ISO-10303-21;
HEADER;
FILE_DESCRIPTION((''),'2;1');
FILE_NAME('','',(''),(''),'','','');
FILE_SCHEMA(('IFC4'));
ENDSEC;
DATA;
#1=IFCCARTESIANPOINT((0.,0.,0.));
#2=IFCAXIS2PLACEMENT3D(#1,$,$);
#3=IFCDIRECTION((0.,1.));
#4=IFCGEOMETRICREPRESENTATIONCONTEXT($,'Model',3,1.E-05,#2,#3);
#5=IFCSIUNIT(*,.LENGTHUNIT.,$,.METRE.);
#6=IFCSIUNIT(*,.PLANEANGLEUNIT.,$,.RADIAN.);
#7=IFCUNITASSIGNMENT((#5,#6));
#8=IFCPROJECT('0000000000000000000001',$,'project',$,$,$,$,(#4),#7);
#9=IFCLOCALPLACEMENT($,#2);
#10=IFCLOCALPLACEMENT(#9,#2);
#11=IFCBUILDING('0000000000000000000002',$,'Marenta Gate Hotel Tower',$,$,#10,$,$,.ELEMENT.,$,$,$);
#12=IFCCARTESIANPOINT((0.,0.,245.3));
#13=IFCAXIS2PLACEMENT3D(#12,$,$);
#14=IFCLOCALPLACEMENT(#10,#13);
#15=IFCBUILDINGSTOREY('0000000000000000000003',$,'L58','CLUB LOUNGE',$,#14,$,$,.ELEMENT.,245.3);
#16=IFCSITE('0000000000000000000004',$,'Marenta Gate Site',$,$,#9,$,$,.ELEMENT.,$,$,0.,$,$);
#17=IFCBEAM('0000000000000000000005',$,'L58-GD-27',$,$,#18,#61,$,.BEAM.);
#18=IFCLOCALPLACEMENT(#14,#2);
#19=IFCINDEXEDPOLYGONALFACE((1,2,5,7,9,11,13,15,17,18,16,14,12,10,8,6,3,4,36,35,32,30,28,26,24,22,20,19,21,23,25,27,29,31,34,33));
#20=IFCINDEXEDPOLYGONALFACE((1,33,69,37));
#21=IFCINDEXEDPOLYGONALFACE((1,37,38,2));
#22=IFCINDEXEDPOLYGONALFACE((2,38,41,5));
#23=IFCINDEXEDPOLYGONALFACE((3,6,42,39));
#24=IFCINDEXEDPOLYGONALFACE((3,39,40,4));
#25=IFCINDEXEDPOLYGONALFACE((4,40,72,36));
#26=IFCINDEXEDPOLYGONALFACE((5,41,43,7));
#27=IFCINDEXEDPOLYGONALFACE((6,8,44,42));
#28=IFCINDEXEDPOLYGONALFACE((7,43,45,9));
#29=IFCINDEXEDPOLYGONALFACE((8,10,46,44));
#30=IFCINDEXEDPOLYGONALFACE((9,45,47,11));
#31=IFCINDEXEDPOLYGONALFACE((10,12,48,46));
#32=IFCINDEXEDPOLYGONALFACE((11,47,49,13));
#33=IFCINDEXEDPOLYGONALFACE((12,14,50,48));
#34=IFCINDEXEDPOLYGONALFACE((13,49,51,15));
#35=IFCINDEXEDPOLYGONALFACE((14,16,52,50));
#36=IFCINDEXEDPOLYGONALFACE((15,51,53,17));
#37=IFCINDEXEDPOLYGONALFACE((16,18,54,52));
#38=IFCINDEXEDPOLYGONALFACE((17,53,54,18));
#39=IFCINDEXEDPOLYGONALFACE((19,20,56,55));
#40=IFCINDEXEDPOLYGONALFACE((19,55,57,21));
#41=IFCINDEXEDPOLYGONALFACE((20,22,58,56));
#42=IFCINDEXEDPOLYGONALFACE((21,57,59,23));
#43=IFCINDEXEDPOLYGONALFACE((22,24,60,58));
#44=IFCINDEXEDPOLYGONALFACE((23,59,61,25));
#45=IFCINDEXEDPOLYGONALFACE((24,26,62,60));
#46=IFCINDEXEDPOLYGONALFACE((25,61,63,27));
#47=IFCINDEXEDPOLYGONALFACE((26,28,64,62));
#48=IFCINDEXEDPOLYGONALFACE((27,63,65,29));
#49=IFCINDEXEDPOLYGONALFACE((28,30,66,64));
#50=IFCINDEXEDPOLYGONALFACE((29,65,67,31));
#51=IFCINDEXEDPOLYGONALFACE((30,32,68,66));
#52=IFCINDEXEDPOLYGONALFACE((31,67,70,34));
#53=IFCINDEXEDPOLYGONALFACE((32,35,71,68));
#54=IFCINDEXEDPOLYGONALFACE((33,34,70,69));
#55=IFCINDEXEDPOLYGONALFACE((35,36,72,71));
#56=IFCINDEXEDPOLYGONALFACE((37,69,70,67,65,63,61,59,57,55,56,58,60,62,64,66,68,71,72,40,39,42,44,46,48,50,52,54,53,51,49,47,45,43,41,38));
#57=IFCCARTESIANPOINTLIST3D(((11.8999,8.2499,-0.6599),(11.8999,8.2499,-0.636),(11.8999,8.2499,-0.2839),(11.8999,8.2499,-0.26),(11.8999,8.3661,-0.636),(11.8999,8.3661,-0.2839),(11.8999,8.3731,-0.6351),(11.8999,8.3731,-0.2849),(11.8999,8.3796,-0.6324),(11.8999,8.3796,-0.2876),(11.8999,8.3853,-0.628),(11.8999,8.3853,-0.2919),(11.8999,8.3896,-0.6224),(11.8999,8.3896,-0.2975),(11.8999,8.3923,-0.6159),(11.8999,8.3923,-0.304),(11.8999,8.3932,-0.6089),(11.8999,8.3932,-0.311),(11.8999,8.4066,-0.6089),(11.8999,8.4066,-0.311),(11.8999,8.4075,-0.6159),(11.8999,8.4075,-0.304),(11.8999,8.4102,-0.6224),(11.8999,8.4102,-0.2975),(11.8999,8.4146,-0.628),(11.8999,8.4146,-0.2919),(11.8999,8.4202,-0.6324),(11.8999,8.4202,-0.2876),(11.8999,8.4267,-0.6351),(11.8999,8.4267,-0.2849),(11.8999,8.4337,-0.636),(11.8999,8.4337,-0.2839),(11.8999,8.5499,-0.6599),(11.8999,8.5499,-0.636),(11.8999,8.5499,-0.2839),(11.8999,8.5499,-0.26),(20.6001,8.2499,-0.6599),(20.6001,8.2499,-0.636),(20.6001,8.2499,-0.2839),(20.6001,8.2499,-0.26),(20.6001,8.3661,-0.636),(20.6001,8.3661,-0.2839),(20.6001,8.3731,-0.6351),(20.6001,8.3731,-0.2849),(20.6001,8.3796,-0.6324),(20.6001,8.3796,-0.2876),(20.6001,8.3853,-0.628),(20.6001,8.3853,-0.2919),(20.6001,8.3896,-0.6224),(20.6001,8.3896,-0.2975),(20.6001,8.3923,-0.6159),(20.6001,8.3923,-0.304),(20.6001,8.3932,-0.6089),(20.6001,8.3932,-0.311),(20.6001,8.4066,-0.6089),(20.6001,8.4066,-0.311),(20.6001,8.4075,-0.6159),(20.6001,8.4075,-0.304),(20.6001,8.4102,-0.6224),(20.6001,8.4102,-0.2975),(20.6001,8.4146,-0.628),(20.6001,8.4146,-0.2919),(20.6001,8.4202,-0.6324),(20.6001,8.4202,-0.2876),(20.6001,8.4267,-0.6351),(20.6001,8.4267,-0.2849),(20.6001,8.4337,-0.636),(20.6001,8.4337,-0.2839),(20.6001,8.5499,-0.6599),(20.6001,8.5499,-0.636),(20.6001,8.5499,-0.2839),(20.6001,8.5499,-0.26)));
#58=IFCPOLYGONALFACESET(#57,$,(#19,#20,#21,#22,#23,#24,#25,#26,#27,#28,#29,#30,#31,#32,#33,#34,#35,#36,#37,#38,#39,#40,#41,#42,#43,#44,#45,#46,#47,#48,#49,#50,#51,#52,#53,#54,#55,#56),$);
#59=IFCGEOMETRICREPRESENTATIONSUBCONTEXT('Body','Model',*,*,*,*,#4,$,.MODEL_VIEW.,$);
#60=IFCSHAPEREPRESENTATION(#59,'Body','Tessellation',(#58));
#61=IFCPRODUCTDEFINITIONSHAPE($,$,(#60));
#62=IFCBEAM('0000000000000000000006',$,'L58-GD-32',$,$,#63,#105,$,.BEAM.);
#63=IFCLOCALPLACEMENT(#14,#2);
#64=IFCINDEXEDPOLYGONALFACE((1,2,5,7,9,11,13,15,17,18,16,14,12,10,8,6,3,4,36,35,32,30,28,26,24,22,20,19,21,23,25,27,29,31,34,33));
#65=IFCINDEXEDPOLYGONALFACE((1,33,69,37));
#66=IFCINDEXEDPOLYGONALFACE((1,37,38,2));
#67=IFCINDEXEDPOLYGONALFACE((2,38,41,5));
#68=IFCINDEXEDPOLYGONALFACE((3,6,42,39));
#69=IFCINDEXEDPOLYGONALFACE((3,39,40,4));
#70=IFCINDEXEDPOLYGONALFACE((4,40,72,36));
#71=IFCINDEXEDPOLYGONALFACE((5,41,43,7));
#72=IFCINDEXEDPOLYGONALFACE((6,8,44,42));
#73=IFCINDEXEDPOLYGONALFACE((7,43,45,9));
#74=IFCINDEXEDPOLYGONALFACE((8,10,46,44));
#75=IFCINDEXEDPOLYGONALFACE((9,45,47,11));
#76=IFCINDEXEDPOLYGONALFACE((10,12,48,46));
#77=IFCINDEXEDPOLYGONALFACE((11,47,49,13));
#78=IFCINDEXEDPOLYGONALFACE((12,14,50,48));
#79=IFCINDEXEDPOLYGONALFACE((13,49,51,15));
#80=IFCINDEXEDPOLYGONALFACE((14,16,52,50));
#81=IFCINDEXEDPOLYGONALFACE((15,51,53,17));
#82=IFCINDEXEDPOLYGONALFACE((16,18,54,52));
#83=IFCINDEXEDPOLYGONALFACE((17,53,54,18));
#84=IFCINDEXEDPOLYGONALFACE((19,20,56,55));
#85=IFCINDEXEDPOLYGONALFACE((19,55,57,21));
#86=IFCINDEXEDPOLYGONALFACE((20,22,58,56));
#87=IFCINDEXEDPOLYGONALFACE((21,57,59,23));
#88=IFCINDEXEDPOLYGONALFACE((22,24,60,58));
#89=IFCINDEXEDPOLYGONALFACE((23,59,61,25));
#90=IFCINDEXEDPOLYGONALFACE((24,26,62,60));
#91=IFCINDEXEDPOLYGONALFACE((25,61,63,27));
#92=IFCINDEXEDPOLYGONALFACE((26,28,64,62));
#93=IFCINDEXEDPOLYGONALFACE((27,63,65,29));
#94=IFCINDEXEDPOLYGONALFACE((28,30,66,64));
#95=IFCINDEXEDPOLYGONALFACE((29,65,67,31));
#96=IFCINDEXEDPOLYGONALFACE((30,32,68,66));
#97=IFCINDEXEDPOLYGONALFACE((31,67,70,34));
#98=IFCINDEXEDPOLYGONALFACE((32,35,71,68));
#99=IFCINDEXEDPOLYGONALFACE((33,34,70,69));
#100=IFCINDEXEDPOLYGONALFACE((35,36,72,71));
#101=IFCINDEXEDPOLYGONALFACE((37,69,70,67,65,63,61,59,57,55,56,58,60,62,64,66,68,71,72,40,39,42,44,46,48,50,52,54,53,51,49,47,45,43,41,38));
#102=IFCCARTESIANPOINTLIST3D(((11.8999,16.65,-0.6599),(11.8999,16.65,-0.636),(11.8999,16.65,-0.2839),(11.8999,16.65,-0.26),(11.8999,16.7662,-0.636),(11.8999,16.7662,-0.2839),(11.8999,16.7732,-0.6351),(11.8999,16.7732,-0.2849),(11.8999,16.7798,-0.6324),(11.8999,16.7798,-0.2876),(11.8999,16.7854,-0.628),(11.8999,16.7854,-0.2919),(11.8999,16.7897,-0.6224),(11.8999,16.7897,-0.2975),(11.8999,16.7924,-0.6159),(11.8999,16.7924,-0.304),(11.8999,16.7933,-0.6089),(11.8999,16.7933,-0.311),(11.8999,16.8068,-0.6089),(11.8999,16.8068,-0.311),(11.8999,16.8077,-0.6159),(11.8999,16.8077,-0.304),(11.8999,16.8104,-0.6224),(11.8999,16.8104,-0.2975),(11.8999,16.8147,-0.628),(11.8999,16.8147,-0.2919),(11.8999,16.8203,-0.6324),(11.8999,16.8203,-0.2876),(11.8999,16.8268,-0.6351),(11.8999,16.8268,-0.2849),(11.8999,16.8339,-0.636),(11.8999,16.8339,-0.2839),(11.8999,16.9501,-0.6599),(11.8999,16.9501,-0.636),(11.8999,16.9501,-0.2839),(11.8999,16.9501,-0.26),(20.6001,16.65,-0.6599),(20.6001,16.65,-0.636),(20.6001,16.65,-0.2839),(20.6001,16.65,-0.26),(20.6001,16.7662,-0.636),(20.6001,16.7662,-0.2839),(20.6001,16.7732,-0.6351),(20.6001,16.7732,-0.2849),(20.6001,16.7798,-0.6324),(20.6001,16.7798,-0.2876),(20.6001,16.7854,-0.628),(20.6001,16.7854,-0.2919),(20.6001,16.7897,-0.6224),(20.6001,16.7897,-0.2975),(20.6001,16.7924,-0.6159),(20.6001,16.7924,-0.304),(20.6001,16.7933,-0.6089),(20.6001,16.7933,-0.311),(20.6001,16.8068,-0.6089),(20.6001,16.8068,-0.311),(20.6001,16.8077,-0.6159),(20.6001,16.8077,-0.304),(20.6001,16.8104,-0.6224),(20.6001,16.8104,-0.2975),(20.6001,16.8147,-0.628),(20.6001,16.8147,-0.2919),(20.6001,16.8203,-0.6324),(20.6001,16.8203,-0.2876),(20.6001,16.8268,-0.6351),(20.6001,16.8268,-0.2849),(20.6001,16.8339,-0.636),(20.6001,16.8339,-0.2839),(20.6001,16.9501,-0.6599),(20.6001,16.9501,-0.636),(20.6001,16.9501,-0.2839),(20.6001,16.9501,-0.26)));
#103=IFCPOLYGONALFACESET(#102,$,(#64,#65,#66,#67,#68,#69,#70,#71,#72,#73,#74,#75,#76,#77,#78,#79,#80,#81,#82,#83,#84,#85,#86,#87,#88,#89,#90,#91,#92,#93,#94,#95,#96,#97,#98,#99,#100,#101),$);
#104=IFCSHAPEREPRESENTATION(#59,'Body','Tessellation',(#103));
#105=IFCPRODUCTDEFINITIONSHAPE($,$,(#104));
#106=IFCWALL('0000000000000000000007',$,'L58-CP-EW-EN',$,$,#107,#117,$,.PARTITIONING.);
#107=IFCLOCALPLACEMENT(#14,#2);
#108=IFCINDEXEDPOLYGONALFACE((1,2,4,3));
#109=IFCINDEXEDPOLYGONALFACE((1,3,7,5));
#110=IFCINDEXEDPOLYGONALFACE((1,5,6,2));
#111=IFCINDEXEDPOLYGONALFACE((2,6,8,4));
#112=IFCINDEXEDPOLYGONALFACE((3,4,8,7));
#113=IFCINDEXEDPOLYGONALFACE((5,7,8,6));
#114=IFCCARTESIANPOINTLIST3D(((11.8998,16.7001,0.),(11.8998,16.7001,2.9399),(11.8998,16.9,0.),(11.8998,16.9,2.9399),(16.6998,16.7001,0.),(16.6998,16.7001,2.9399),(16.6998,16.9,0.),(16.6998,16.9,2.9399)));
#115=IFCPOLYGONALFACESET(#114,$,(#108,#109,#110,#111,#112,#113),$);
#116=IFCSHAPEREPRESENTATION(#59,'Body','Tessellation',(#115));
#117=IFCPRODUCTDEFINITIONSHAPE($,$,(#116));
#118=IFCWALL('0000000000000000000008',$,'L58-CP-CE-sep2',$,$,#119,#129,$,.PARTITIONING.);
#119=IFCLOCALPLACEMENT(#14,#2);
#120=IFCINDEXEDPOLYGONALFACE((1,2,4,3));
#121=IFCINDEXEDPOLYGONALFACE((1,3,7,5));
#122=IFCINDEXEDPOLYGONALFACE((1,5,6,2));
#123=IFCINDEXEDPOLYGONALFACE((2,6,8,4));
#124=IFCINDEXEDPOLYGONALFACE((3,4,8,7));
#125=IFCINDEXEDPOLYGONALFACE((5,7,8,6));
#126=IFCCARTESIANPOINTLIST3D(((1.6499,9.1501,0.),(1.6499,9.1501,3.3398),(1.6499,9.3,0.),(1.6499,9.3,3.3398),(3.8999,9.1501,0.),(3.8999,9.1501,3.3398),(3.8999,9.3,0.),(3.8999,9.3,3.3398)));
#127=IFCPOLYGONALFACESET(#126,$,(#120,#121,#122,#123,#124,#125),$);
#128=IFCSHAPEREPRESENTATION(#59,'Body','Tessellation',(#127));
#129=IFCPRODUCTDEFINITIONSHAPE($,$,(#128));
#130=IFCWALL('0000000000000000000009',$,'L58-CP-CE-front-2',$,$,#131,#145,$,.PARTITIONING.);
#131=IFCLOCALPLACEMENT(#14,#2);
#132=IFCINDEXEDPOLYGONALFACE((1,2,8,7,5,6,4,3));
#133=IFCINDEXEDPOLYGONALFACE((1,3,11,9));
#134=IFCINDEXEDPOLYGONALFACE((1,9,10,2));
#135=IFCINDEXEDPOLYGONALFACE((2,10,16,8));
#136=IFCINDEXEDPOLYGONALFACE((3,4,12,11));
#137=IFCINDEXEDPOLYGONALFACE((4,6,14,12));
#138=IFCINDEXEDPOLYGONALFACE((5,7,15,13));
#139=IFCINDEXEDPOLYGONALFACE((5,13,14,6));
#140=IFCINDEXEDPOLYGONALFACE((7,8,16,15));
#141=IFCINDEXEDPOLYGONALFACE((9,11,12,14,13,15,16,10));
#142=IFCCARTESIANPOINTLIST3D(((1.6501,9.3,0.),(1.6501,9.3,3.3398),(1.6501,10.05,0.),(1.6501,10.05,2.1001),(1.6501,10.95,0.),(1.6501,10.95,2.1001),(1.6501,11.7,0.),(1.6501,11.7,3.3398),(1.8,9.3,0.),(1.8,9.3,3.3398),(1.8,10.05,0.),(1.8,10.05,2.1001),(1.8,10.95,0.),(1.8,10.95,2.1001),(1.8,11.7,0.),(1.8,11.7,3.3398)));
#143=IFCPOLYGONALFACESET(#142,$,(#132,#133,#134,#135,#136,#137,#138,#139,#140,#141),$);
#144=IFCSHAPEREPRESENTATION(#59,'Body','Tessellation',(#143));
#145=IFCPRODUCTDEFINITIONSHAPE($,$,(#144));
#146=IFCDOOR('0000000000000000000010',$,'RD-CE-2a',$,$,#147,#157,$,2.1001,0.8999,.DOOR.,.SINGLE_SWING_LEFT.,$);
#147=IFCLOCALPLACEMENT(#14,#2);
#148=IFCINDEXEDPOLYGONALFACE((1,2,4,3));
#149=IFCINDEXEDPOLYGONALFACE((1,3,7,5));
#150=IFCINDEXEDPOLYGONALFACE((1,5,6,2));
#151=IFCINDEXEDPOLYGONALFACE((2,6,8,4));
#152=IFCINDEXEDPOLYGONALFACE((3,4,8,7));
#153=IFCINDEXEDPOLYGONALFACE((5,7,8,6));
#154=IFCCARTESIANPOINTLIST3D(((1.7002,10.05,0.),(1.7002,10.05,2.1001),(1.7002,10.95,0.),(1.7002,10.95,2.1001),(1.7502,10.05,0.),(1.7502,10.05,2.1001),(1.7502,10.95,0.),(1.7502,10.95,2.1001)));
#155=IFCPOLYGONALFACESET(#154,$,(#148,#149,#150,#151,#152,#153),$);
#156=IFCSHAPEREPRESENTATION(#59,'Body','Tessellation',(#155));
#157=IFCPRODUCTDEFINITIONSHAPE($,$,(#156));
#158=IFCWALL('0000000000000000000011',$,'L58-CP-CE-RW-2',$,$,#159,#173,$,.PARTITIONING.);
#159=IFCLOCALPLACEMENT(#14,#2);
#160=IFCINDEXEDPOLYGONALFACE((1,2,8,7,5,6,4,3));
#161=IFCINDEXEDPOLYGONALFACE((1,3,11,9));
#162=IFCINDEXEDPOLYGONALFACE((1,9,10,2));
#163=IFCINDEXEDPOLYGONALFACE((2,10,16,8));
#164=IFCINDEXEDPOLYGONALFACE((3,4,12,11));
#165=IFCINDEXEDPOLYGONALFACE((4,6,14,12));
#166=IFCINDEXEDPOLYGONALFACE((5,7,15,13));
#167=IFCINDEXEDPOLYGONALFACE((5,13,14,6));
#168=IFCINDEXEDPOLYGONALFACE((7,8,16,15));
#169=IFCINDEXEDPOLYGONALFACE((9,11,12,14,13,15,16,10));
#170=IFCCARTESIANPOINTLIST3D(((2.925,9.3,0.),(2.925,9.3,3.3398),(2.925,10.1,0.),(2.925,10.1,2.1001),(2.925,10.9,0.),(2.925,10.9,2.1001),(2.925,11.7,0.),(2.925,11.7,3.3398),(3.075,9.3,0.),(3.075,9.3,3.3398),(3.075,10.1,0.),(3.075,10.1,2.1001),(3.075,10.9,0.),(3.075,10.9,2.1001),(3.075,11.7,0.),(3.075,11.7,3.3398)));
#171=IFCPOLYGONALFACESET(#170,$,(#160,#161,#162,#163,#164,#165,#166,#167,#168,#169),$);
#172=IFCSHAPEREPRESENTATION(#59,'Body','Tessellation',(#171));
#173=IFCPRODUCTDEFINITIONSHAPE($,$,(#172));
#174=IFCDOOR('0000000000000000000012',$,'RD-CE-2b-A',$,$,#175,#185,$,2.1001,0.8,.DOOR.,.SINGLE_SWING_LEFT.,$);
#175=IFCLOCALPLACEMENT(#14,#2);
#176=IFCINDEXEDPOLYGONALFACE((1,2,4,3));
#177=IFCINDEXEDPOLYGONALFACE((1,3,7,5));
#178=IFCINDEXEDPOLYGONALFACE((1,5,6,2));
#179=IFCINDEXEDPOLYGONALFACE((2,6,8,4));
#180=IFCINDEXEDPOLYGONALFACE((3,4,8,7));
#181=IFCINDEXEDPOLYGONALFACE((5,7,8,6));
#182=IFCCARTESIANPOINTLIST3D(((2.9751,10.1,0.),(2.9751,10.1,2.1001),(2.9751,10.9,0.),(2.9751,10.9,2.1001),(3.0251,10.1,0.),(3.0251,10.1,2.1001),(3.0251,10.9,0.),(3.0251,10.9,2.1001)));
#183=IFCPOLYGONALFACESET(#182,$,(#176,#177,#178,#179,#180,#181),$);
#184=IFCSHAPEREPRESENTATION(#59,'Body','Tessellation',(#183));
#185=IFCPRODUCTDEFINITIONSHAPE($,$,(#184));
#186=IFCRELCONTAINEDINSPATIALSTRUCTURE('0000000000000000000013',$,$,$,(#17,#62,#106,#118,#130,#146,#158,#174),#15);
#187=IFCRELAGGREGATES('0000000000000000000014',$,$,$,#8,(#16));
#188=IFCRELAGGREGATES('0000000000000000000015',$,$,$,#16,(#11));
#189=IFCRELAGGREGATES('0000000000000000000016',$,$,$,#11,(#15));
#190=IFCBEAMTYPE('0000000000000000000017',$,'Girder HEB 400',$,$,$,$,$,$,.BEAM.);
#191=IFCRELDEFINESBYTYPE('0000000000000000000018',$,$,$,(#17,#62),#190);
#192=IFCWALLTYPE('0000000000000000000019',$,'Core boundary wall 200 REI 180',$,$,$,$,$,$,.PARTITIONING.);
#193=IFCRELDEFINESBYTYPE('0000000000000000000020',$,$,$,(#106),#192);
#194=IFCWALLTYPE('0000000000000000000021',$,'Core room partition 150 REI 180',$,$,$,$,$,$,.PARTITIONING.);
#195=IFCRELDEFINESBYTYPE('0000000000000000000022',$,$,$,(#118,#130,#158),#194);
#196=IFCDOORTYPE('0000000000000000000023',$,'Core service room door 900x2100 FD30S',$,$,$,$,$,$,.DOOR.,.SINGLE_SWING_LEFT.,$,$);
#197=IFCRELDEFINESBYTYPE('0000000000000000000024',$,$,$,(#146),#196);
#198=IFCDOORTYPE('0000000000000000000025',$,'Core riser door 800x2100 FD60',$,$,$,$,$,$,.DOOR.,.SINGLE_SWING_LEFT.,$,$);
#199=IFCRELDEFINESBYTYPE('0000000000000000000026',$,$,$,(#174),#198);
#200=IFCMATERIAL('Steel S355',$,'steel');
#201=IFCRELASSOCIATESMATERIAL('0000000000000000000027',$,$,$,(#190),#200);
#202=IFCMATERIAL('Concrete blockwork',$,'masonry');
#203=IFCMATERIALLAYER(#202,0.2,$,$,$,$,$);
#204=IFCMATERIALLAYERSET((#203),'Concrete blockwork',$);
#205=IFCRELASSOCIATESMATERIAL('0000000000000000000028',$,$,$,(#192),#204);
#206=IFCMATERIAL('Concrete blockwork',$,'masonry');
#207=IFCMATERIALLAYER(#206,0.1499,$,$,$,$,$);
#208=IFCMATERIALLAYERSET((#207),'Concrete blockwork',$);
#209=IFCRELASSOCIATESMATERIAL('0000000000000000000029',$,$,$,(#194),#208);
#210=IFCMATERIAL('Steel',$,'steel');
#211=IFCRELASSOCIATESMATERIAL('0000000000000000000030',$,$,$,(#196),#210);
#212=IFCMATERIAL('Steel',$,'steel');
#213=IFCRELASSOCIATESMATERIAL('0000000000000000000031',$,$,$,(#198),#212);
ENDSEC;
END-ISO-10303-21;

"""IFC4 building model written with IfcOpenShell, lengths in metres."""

from ifc_helpers import new_model, si_unit, direction, frame, frame_2d, origin, origin_2d, place, context, subcontext, project, spatial, rectangle, i_section, extrude, material, layer, layer_set, material_profile, profile_set, type_object, element, fill, save


model = new_model("IFC4")

# Units and contexts
model_context = context("Model", 3, precision=1e-05, world=origin(), true_north=direction((0.0, 1.0)))
body_context = subcontext(model_context, "Body", "Model", "MODEL_VIEW")
ifc_project = project(units=[si_unit("LENGTHUNIT", "METRE"), si_unit("PLANEANGLEUNIT", "RADIAN")], contexts=[model_context])

# Site, building, storey
site_placement = place(None, origin())
site = spatial("IfcSite", under=ifc_project, at=site_placement, Name="Marenta Gate Site", CompositionType="ELEMENT", RefElevation=0.0)
building_placement = place(site_placement, origin())
building = spatial("IfcBuilding", under=site, at=building_placement, Name="Marenta Gate Hotel Tower", CompositionType="ELEMENT")
storey_placement = place(building_placement, frame((0.0, 0.0, 245.3)))
storey = spatial("IfcBuildingStorey", under=building, at=storey_placement, Name="L58", Description="CLUB LOUNGE", CompositionType="ELEMENT", Elevation=245.3)

# Beams
ifc_material_1 = material(Name="Steel S355", Category="steel")
ifc_material_profile_1 = material_profile(ifc_material_1, i_section(OverallWidth=0.3, OverallDepth=0.3999, WebThickness=0.0134, FlangeThickness=0.0239, FilletRadius=0.0271, at=origin_2d()), Name="HEB 400")
ifc_profile_set_1 = profile_set([ifc_material_profile_1], Name="Steel S355")
beam_type_1 = type_object("IfcBeamType", Name="Girder HEB 400", PredefinedType="BEAM", material=ifc_profile_set_1)
for number, where, z_axis, x_axis, name in (
    (1, (11.8999, 8.3999, -0.46), (1.0, 0.0, 0.0), (0.0, 1.0, 0.0), "L58-GD-27"),
    (2, (11.8999, 16.8, -0.46), (1.0, 0.0, 0.0), (0.0, 1.0, 0.0), "L58-GD-32"),
):
    element("IfcBeam", number, at=place(storey_placement, frame(where, z_axis=z_axis, x_axis=x_axis)), inside=storey, type_object=beam_type_1, Name=name, PredefinedType="BEAM", context=body_context, shape_type="SweptSolid", body=[
        extrude(i_section(OverallWidth=0.3, OverallDepth=0.3999, WebThickness=0.0134, FlangeThickness=0.0239, FilletRadius=0.0271, at=origin_2d()), origin(), (0.0, 0.0, 1.0), 8.7002),
    ])

# Walls
ifc_material_2 = material(Name="Concrete blockwork", Category="masonry")
ifc_layer_1 = layer(ifc_material_2, 0.2)
ifc_layer_set_1 = layer_set([ifc_layer_1], Name="Concrete blockwork")
wall_type_1 = type_object("IfcWallType", Name="Core boundary wall 200 REI 180", PredefinedType="PARTITIONING", material=ifc_layer_set_1)
wall_1_placement = place(storey_placement, frame((11.8999, 16.8, 0.0), z_axis=(0.0, 0.0, 1.0), x_axis=(1.0, 0.0, 0.0)))
element("IfcWall", 3, at=wall_1_placement, inside=storey, type_object=wall_type_1, Name="L58-CP-EW-EN", PredefinedType="PARTITIONING", context=body_context, shape_type="SweptSolid", body=[
    extrude(rectangle(XDim=4.8, YDim=0.2, at=frame_2d((2.3999, 0.0))), origin(), (0.0, 0.0, 1.0), 2.9399),
])
ifc_material_3 = material(Name="Concrete blockwork", Category="masonry")
ifc_layer_2 = layer(ifc_material_3, 0.1499)
ifc_layer_set_2 = layer_set([ifc_layer_2], Name="Concrete blockwork")
wall_type_2 = type_object("IfcWallType", Name="Core room partition 150 REI 180", PredefinedType="PARTITIONING", material=ifc_layer_set_2)
wall_2_placement = place(storey_placement, frame((1.6499, 9.2251, 0.0), z_axis=(0.0, 0.0, 1.0), x_axis=(1.0, 0.0, 0.0)))
element("IfcWall", 4, at=wall_2_placement, inside=storey, type_object=wall_type_2, Name="L58-CP-CE-sep2", PredefinedType="PARTITIONING", context=body_context, shape_type="SweptSolid", body=[
    extrude(rectangle(XDim=2.25, YDim=0.1499, at=frame_2d((1.125, 0.0))), origin(), (0.0, 0.0, 1.0), 3.3398),
])

# Walls, openings, doors
wall_3_placement = place(storey_placement, frame((1.7251, 9.3, 0.0), z_axis=(0.0, 0.0, 1.0), x_axis=(0.0, 1.0, 0.0)))
wall_3 = element("IfcWall", 5, at=wall_3_placement, inside=storey, type_object=wall_type_2, Name="L58-CP-CE-front-2", PredefinedType="PARTITIONING", context=body_context, shape_type="SweptSolid", body=[
    extrude(rectangle(XDim=2.3999, YDim=0.1499, at=frame_2d((1.2, 0.0))), origin(), (0.0, 0.0, 1.0), 3.3398),
])
opening_1_placement = place(wall_3_placement, frame((0.75, 0.0, 0.0)))
opening_1 = element("IfcOpeningElement", 6, at=opening_1_placement, cuts=wall_3, PredefinedType="OPENING", context=body_context, shape_type="SweptSolid", body=[
    extrude(rectangle(XDim=0.8999, YDim=2.1001, at=frame_2d((0.45, 1.05))), frame((0.0, 0.075, 0.0), z_axis=(0.0, -1.0, 0.0), x_axis=(1.0, 0.0, 0.0)), (0.0, 0.0, 1.0), 0.1499),
])
ifc_material_4 = material(Name="Steel", Category="steel")
door_type_1 = type_object("IfcDoorType", Name="Core service room door 900x2100 FD30S", OperationType="SINGLE_SWING_LEFT", PredefinedType="DOOR", material=ifc_material_4)
door_1_placement = place(opening_1_placement, origin())
door_1 = element("IfcDoor", 7, at=door_1_placement, inside=storey, type_object=door_type_1, Name="RD-CE-2a", OperationType="SINGLE_SWING_LEFT", OverallHeight=2.1001, OverallWidth=0.8999, PredefinedType="DOOR", context=body_context, shape_type="SweptSolid", body=[
    extrude(rectangle(XDim=0.8999, YDim=2.1001, at=frame_2d((0.45, 1.05))), frame((0.0, 0.0249, 0.0), z_axis=(0.0, -1.0, 0.0), x_axis=(1.0, 0.0, 0.0)), (0.0, 0.0, 1.0), 0.05),
])
fill(opening_1, door_1)
wall_4_placement = place(storey_placement, frame((3.0, 9.3, 0.0), z_axis=(0.0, 0.0, 1.0), x_axis=(0.0, 1.0, 0.0)))
wall_4 = element("IfcWall", 8, at=wall_4_placement, inside=storey, type_object=wall_type_2, Name="L58-CP-CE-RW-2", PredefinedType="PARTITIONING", context=body_context, shape_type="SweptSolid", body=[
    extrude(rectangle(XDim=2.3999, YDim=0.1499, at=frame_2d((1.2, 0.0))), origin(), (0.0, 0.0, 1.0), 3.3398),
])
opening_2_placement = place(wall_4_placement, frame((0.8, 0.0, 0.0)))
opening_2 = element("IfcOpeningElement", 9, at=opening_2_placement, cuts=wall_4, PredefinedType="OPENING", context=body_context, shape_type="SweptSolid", body=[
    extrude(rectangle(XDim=0.8, YDim=2.1001, at=frame_2d((0.3999, 1.05))), frame((0.0, 0.075, 0.0), z_axis=(0.0, -1.0, 0.0), x_axis=(1.0, 0.0, 0.0)), (0.0, 0.0, 1.0), 0.1499),
])
ifc_material_5 = material(Name="Steel", Category="steel")
door_type_2 = type_object("IfcDoorType", Name="Core riser door 800x2100 FD60", OperationType="SINGLE_SWING_LEFT", PredefinedType="DOOR", material=ifc_material_5)
door_2_placement = place(opening_2_placement, origin())
door_2 = element("IfcDoor", 10, at=door_2_placement, inside=storey, type_object=door_type_2, Name="RD-CE-2b-A", OperationType="SINGLE_SWING_LEFT", OverallHeight=2.1001, OverallWidth=0.8, PredefinedType="DOOR", context=body_context, shape_type="SweptSolid", body=[
    extrude(rectangle(XDim=0.8, YDim=2.1001, at=frame_2d((0.3999, 1.05))), frame((0.0, 0.0249, 0.0), z_axis=(0.0, -1.0, 0.0), x_axis=(1.0, 0.0, 0.0)), (0.0, 0.0, 1.0), 0.05),
])
fill(opening_2, door_2)

save(model, "model.ifc")
